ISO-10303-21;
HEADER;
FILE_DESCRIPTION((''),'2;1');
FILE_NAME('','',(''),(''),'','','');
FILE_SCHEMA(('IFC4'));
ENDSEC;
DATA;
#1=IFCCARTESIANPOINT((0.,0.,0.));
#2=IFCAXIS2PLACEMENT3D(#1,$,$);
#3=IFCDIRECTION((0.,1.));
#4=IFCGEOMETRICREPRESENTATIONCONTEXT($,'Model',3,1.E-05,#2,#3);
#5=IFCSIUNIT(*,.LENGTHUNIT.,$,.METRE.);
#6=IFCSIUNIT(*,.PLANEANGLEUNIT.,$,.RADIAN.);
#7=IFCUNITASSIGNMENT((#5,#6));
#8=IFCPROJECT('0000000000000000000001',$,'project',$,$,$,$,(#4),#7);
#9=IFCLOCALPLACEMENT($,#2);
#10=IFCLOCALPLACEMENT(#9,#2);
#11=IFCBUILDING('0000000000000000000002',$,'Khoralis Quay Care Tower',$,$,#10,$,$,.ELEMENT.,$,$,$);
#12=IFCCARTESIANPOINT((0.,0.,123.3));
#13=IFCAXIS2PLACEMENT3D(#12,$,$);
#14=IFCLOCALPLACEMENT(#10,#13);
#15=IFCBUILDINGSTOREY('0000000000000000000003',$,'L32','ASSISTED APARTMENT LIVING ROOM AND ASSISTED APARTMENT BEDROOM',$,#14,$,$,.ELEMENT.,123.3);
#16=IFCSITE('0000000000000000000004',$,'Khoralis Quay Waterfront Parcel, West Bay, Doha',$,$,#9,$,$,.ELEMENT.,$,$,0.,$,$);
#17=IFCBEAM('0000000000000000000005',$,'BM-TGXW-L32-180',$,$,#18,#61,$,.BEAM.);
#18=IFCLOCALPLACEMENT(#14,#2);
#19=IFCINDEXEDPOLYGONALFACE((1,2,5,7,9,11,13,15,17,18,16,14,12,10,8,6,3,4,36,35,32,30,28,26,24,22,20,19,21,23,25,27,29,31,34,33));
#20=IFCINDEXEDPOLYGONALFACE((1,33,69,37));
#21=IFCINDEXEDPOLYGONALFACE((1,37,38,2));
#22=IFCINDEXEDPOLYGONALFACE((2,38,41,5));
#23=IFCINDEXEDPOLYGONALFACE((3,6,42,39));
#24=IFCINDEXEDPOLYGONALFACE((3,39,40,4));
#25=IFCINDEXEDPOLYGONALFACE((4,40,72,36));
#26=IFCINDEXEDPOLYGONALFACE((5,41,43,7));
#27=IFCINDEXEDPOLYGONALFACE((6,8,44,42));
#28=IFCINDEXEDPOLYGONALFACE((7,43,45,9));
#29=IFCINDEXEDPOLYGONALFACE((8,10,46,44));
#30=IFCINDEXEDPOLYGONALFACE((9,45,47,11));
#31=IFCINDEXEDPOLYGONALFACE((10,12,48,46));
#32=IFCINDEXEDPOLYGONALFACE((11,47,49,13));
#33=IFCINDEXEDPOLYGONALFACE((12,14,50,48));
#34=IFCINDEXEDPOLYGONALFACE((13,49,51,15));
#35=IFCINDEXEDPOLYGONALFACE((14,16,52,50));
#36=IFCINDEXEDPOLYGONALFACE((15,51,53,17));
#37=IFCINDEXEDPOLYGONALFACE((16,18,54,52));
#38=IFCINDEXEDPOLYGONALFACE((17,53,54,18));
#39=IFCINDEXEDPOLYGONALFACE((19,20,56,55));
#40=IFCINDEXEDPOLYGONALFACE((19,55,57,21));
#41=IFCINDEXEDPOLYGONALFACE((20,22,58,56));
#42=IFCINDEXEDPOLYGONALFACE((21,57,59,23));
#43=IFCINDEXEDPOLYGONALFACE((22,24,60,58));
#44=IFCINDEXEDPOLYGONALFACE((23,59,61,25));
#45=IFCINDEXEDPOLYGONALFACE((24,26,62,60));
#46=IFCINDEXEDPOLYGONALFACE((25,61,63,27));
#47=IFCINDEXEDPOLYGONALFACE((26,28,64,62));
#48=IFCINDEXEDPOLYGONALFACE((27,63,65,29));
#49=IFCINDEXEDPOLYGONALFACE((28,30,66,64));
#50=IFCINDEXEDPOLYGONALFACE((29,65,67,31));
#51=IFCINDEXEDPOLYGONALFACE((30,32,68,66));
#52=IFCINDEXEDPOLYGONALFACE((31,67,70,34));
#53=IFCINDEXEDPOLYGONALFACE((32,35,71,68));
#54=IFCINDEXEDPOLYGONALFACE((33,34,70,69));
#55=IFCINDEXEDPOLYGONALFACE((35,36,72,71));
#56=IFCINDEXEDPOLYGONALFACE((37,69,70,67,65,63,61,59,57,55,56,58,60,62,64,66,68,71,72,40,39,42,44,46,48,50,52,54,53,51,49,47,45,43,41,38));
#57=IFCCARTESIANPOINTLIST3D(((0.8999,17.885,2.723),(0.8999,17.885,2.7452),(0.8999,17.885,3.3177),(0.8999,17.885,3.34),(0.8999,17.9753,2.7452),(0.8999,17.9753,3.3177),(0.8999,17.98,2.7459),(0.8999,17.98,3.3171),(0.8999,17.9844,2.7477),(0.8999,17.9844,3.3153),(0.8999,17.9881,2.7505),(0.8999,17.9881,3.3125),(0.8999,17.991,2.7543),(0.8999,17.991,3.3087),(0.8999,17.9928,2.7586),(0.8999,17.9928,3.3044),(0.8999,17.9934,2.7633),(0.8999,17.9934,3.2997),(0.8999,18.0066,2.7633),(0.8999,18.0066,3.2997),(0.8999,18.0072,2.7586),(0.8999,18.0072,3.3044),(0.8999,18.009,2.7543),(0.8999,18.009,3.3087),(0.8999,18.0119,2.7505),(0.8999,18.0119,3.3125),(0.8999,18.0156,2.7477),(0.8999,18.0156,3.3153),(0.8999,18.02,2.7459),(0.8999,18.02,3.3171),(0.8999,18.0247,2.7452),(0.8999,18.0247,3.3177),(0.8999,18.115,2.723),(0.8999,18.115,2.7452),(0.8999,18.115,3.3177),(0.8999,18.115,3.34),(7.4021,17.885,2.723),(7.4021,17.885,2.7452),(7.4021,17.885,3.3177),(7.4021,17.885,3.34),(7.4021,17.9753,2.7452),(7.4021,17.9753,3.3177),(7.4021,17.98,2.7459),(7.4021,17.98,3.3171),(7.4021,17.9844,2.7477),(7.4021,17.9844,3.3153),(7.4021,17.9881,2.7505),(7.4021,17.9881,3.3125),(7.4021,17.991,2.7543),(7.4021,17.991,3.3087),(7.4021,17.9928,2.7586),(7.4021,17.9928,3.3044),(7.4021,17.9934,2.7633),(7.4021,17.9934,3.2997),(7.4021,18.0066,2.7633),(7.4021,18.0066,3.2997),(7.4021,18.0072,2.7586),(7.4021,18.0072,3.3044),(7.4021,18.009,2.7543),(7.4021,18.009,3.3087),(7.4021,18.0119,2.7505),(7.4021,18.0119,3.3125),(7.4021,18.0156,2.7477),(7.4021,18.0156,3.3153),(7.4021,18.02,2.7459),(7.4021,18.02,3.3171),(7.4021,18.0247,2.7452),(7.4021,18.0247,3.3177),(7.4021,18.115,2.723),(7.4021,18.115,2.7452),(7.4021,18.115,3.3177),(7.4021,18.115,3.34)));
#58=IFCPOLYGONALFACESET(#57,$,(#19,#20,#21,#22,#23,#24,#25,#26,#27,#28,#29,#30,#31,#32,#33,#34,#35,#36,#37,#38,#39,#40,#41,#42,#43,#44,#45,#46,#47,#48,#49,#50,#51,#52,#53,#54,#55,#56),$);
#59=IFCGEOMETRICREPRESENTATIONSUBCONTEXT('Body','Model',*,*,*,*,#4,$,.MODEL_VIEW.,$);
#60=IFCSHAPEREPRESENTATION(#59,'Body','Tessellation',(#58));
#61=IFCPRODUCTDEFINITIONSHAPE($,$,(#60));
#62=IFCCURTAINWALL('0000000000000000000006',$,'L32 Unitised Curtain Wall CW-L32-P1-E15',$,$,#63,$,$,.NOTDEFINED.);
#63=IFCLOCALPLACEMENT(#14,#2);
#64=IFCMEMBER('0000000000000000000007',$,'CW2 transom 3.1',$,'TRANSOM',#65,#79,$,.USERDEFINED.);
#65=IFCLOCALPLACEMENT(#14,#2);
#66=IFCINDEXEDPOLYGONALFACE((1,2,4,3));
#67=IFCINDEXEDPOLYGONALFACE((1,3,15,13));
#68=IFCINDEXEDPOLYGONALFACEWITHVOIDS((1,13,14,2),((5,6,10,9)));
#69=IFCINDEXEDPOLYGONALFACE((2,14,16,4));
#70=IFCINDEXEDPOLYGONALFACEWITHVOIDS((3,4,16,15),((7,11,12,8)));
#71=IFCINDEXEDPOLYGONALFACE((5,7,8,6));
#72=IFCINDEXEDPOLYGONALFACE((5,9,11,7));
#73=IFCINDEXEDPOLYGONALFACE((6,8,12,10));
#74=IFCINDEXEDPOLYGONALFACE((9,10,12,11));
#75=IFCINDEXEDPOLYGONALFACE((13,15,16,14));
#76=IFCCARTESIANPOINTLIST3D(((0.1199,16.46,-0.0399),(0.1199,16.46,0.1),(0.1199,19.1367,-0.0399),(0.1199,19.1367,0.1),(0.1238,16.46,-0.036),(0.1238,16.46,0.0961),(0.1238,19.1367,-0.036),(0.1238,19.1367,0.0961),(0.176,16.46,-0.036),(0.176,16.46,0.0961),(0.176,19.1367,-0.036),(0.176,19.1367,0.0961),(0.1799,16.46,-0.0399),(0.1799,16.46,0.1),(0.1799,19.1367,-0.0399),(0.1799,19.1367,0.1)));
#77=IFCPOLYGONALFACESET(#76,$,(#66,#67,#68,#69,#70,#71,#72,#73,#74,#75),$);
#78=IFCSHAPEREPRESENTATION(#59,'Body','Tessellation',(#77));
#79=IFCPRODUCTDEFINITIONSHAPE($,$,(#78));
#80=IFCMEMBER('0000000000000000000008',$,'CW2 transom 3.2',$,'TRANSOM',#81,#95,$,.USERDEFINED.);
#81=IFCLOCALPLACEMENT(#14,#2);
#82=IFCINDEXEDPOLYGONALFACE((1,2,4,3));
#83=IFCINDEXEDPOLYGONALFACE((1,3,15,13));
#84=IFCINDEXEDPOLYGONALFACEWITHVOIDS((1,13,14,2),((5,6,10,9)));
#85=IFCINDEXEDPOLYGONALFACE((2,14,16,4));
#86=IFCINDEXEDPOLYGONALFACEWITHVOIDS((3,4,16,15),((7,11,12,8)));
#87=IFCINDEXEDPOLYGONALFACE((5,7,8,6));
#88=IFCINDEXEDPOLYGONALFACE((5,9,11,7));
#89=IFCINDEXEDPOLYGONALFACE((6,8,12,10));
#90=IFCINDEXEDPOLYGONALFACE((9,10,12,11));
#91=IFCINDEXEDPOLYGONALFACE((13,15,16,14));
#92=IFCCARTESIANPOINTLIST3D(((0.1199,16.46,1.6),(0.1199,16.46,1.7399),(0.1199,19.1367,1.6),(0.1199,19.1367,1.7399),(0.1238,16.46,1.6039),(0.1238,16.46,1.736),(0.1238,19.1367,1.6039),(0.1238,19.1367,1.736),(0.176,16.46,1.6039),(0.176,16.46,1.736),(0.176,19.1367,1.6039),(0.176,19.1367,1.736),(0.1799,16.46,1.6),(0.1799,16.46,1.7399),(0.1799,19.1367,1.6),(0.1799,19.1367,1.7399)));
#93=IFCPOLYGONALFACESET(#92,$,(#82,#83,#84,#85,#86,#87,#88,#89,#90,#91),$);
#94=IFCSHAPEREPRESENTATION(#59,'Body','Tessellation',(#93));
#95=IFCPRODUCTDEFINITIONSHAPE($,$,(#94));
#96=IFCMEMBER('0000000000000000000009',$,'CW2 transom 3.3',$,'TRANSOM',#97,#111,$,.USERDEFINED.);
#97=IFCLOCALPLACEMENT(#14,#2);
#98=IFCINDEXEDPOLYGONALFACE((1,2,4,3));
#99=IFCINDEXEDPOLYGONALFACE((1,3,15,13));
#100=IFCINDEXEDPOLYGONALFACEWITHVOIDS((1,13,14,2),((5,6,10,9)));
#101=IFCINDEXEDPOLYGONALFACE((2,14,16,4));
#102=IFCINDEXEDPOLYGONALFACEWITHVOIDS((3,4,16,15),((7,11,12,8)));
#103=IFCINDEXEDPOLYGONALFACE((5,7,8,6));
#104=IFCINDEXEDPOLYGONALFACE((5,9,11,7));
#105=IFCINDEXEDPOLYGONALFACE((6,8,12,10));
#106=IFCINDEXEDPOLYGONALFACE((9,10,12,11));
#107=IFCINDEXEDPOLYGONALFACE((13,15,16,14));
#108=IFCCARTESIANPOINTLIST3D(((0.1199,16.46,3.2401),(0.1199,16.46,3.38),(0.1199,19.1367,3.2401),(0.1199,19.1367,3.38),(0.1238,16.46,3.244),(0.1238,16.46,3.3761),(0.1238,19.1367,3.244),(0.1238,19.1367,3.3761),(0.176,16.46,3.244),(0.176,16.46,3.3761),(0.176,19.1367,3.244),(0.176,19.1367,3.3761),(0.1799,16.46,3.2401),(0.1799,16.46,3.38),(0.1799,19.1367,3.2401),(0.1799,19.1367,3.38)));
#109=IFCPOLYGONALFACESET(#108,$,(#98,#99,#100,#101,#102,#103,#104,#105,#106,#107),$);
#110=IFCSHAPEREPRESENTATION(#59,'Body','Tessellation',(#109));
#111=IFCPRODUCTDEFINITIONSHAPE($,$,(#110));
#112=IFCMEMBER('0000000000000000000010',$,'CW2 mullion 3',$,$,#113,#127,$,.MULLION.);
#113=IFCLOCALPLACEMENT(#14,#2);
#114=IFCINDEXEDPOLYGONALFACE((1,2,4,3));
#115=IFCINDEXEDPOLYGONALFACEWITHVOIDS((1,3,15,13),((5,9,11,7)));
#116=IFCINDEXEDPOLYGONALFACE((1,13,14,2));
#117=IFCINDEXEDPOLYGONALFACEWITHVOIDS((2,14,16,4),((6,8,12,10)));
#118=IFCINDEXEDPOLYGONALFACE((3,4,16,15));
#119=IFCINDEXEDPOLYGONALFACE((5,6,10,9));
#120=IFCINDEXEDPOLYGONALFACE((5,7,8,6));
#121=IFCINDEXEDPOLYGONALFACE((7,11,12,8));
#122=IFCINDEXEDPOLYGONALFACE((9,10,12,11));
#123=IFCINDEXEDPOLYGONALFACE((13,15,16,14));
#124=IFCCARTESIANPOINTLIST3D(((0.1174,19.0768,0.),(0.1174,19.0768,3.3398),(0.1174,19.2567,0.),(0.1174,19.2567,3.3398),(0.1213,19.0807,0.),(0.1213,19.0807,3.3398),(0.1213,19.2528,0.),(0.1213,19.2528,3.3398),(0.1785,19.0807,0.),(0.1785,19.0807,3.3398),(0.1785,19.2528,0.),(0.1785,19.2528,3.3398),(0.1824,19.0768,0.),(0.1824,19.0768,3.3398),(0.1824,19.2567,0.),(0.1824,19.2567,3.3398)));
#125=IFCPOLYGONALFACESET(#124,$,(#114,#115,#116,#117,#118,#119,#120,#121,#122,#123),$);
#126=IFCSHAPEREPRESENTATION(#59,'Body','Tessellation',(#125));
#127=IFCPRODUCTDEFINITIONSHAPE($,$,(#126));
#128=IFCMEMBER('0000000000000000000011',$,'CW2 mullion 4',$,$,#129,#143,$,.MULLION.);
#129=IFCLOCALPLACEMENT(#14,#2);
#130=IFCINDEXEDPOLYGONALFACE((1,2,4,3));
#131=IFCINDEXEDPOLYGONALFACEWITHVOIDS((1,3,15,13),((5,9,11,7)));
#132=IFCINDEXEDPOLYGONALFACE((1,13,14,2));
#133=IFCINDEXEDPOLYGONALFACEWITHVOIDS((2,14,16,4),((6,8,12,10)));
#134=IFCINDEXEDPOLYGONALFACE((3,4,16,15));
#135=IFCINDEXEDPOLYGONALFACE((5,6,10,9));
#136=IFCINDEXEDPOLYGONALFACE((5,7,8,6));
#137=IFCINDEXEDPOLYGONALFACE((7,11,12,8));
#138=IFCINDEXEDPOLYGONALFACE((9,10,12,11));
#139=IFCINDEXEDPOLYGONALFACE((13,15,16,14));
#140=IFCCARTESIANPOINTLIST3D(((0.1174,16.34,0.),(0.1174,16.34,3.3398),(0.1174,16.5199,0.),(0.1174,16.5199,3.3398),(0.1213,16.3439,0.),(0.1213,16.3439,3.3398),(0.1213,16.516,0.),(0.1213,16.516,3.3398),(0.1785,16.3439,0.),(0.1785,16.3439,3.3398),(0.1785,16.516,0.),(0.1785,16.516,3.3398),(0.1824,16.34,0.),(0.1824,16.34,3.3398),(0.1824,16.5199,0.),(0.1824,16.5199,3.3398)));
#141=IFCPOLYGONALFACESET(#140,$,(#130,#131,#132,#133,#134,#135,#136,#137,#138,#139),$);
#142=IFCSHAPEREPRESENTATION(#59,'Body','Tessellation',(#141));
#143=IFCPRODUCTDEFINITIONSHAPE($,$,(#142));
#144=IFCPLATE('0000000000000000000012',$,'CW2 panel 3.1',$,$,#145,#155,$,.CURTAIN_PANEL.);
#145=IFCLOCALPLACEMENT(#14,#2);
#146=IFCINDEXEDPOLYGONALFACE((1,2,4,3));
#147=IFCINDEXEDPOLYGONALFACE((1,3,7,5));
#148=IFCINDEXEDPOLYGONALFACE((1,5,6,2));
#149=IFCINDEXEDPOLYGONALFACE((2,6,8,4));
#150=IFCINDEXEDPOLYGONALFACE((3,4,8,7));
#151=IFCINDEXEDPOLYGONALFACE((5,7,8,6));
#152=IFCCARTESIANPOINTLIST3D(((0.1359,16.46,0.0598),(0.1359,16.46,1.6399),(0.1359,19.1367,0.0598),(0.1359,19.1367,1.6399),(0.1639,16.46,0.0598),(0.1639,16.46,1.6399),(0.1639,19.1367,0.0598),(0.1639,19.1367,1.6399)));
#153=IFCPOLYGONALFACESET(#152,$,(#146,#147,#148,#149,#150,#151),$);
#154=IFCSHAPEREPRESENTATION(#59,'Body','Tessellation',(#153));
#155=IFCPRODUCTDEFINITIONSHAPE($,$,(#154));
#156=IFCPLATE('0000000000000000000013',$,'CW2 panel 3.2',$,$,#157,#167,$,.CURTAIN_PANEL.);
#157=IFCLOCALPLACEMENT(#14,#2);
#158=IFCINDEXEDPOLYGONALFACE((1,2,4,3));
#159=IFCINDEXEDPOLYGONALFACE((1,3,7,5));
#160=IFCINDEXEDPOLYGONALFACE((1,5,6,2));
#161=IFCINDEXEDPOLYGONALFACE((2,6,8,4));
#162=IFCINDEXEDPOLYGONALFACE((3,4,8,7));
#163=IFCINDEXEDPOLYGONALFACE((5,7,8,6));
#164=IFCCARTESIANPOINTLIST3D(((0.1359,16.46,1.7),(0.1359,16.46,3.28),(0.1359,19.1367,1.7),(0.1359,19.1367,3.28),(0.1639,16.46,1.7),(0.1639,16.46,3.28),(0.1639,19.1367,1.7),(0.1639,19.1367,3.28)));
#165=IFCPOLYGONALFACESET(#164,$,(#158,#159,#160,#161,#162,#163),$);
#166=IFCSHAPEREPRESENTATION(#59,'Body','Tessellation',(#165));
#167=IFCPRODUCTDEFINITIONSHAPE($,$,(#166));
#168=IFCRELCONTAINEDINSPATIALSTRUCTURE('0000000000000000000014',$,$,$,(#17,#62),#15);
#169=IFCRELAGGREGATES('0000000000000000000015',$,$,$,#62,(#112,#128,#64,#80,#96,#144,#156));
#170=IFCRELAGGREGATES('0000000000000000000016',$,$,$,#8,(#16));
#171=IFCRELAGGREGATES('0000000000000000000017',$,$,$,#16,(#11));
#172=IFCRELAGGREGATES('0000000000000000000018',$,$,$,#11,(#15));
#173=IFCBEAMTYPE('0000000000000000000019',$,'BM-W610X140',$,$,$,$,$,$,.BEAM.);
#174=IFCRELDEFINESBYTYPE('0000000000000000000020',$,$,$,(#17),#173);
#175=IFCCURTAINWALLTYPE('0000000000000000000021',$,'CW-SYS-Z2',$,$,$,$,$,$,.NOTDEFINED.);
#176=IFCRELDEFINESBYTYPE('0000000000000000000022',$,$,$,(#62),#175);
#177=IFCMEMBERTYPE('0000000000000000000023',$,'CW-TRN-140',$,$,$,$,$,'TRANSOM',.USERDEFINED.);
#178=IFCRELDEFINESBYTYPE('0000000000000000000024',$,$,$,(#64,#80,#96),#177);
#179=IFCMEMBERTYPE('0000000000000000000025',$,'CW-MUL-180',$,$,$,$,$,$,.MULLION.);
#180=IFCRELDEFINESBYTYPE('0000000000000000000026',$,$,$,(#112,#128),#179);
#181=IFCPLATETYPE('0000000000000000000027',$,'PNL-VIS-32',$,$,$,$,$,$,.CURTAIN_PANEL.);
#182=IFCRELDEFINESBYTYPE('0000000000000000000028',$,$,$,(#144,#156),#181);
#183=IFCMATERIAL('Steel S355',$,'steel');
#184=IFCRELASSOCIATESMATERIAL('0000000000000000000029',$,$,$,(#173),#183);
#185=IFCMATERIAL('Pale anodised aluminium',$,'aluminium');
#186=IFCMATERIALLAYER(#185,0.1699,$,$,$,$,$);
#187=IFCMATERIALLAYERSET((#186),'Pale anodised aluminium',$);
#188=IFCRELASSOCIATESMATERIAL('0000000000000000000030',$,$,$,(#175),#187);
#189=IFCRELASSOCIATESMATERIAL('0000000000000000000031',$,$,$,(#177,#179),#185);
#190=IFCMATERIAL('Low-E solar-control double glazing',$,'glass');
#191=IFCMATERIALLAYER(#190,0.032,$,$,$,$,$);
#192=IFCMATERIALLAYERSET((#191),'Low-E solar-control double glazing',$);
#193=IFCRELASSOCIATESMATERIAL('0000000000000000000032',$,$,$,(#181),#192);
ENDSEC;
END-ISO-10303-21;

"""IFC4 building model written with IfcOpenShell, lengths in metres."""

from ifc_helpers import new_model, si_unit, direction, frame, origin, origin_2d, place, context, subcontext, project, spatial, rectangle, hollow_rectangle, i_section, extrude, source, transform, mapped, material, layer, layer_set, material_profile, profile_set, type_object, element, aggregate, save


model = new_model("IFC4")

# Units and contexts
model_context = context("Model", 3, precision=1e-05, world=origin(), true_north=direction((0.0, 1.0)))
body_context = subcontext(model_context, "Body", "Model", "MODEL_VIEW")
ifc_project = project(units=[si_unit("LENGTHUNIT", "METRE"), si_unit("PLANEANGLEUNIT", "RADIAN")], contexts=[model_context])

# Site, building, storey
site_placement = place(None, origin())
site = spatial("IfcSite", under=ifc_project, at=site_placement, Name="Khoralis Quay Waterfront Parcel, West Bay, Doha", CompositionType="ELEMENT", RefElevation=0.0)
building_placement = place(site_placement, origin())
building = spatial("IfcBuilding", under=site, at=building_placement, Name="Khoralis Quay Care Tower", CompositionType="ELEMENT")
storey_placement = place(building_placement, frame((0.0, 0.0, 123.3)))
storey = spatial("IfcBuildingStorey", under=building, at=storey_placement, Name="L32", Description="ASSISTED APARTMENT LIVING ROOM AND ASSISTED APARTMENT BEDROOM", CompositionType="ELEMENT", Elevation=123.3)

# Beam
ifc_material_1 = material(Name="Steel S355", Category="steel")
ifc_material_profile_1 = material_profile(ifc_material_1, i_section(OverallWidth=0.23, OverallDepth=0.6169, WebThickness=0.0132, FlangeThickness=0.0222, FilletRadius=0.0181, at=origin_2d()), Name="Steel S355")
ifc_profile_set_1 = profile_set([ifc_material_profile_1], Name="Steel S355")
beam_type_1 = type_object("IfcBeamType", Name="BM-W610X140", PredefinedType="BEAM", material=ifc_profile_set_1)
shared_shape_1 = source(origin(), body_context, "Body", "SweptSolid", [
    extrude(i_section(OverallWidth=0.23, OverallDepth=0.6169, WebThickness=0.0132, FlangeThickness=0.0222, FilletRadius=0.0181, at=origin_2d()), origin(), (0.0, 0.0, 1.0), 6.5022),
])
beam_1_placement = place(storey_placement, frame((0.8999, 18.0, 3.0315), z_axis=(1.0, 0.0, 0.0), x_axis=(0.0, 1.0, 0.0)))
element("IfcBeam", 1, at=beam_1_placement, inside=storey, type_object=beam_type_1, Name="BM-TGXW-L32-180", PredefinedType="BEAM", context=body_context, shape_type="MappedRepresentation", body=[
    mapped(shared_shape_1, transform((0.0, 0.0, 0.0), scale=1.0)),
])

# Curtain wall, members, plates
ifc_material_2 = material(Name="Pale anodised aluminium", Category="aluminium")
ifc_layer_1 = layer(ifc_material_2, 0.1699)
ifc_layer_set_1 = layer_set([ifc_layer_1], Name="Pale anodised aluminium")
curtain_wall_type = type_object("IfcCurtainWallType", Name="CW-SYS-Z2", PredefinedType="NOTDEFINED", material=ifc_layer_set_1)
curtain_wall_placement = place(storey_placement, origin())
curtain_wall = element("IfcCurtainWall", 2, at=curtain_wall_placement, inside=storey, type_object=curtain_wall_type, Name="L32 Unitised Curtain Wall CW-L32-P1-E15", PredefinedType="NOTDEFINED")
ifc_material_profile_2 = material_profile(ifc_material_2, hollow_rectangle(XDim=0.0601, YDim=0.1399, WallThickness=0.0039, at=origin_2d()), Name="Pale anodised aluminium")
ifc_profile_set_2 = profile_set([ifc_material_profile_2], Name="Pale anodised aluminium")
member_type_1 = type_object("IfcMemberType", Name="CW-TRN-140", ElementType="TRANSOM", PredefinedType="USERDEFINED", material=ifc_profile_set_2)
shared_shape_2 = source(origin(), body_context, "Body", "SweptSolid", [
    extrude(hollow_rectangle(XDim=0.0601, YDim=0.1399, WallThickness=0.0039, at=origin_2d()), origin(), (0.0, 0.0, 1.0), 2.6768),
])
member_1_placement = place(storey_placement, frame((0.1499, 19.1367, 0.03), z_axis=(0.0, -1.0, 0.0), x_axis=(1.0, 0.0, 0.0)))
member_1 = element("IfcMember", 3, at=member_1_placement, type_object=member_type_1, Name="CW2 transom 3.1", ObjectType="TRANSOM", PredefinedType="USERDEFINED", context=body_context, shape_type="MappedRepresentation", body=[
    mapped(shared_shape_2, transform((0.0, 0.0, 0.0), scale=1.0)),
])
member_2_placement = place(storey_placement, frame((0.1499, 19.1367, 1.6699), z_axis=(0.0, -1.0, 0.0), x_axis=(1.0, 0.0, 0.0)))
member_2 = element("IfcMember", 4, at=member_2_placement, type_object=member_type_1, Name="CW2 transom 3.2", ObjectType="TRANSOM", PredefinedType="USERDEFINED", context=body_context, shape_type="MappedRepresentation", body=[
    mapped(shared_shape_2, transform((0.0, 0.0, 0.0), scale=1.0)),
])
member_3_placement = place(storey_placement, frame((0.1499, 19.1367, 3.3101), z_axis=(0.0, -1.0, 0.0), x_axis=(1.0, 0.0, 0.0)))
member_3 = element("IfcMember", 5, at=member_3_placement, type_object=member_type_1, Name="CW2 transom 3.3", ObjectType="TRANSOM", PredefinedType="USERDEFINED", context=body_context, shape_type="MappedRepresentation", body=[
    mapped(shared_shape_2, transform((0.0, 0.0, 0.0), scale=1.0)),
])
ifc_material_profile_3 = material_profile(ifc_material_2, hollow_rectangle(XDim=0.0649, YDim=0.1799, WallThickness=0.0039, at=origin_2d()), Name="Pale anodised aluminium")
ifc_profile_set_3 = profile_set([ifc_material_profile_3], Name="Pale anodised aluminium")
member_type_2 = type_object("IfcMemberType", Name="CW-MUL-180", PredefinedType="MULLION", material=ifc_profile_set_3)
shared_shape_3 = source(origin(), body_context, "Body", "SweptSolid", [
    extrude(hollow_rectangle(XDim=0.0649, YDim=0.1799, WallThickness=0.0039, at=origin_2d()), origin(), (0.0, 0.0, 1.0), 3.3398),
])
member_4_placement = place(storey_placement, frame((0.1499, 19.1667, 0.0), z_axis=(0.0, 0.0, 1.0), x_axis=(1.0, 0.0, 0.0)))
member_4 = element("IfcMember", 6, at=member_4_placement, type_object=member_type_2, Name="CW2 mullion 3", PredefinedType="MULLION", context=body_context, shape_type="MappedRepresentation", body=[
    mapped(shared_shape_3, transform((0.0, 0.0, 0.0), scale=1.0)),
])
member_5_placement = place(storey_placement, frame((0.1499, 16.4299, 0.0), z_axis=(0.0, 0.0, 1.0), x_axis=(1.0, 0.0, 0.0)))
member_5 = element("IfcMember", 7, at=member_5_placement, type_object=member_type_2, Name="CW2 mullion 4", PredefinedType="MULLION", context=body_context, shape_type="MappedRepresentation", body=[
    mapped(shared_shape_3, transform((0.0, 0.0, 0.0), scale=1.0)),
])
ifc_material_3 = material(Name="Low-E solar-control double glazing", Category="glass")
ifc_layer_2 = layer(ifc_material_3, 0.032)
ifc_layer_set_2 = layer_set([ifc_layer_2], Name="Low-E solar-control double glazing")
plate_type = type_object("IfcPlateType", Name="PNL-VIS-32", PredefinedType="CURTAIN_PANEL", material=ifc_layer_set_2)
shared_shape_4 = source(origin(), body_context, "Body", "SweptSolid", [
    extrude(rectangle(XDim=2.6768, YDim=0.0281, at=origin_2d()), origin(), (0.0, 0.0, 1.0), 1.5801),
])
plate_1_placement = place(storey_placement, frame((0.1499, 17.7983, 0.0598), z_axis=(0.0, 0.0, 1.0), x_axis=(0.0, -1.0, 0.0)))
plate_1 = element("IfcPlate", 8, at=plate_1_placement, type_object=plate_type, Name="CW2 panel 3.1", PredefinedType="CURTAIN_PANEL", context=body_context, shape_type="MappedRepresentation", body=[
    mapped(shared_shape_4, transform((0.0, 0.0, 0.0), scale=1.0)),
])
plate_2_placement = place(storey_placement, frame((0.1499, 17.7983, 1.7), z_axis=(0.0, 0.0, 1.0), x_axis=(0.0, -1.0, 0.0)))
plate_2 = element("IfcPlate", 9, at=plate_2_placement, type_object=plate_type, Name="CW2 panel 3.2", PredefinedType="CURTAIN_PANEL", context=body_context, shape_type="MappedRepresentation", body=[
    mapped(shared_shape_4, transform((0.0, 0.0, 0.0), scale=1.0)),
])
aggregate(curtain_wall, [member_4, member_5, member_1, member_2, member_3, plate_1, plate_2])

save(model, "model.ifc")
